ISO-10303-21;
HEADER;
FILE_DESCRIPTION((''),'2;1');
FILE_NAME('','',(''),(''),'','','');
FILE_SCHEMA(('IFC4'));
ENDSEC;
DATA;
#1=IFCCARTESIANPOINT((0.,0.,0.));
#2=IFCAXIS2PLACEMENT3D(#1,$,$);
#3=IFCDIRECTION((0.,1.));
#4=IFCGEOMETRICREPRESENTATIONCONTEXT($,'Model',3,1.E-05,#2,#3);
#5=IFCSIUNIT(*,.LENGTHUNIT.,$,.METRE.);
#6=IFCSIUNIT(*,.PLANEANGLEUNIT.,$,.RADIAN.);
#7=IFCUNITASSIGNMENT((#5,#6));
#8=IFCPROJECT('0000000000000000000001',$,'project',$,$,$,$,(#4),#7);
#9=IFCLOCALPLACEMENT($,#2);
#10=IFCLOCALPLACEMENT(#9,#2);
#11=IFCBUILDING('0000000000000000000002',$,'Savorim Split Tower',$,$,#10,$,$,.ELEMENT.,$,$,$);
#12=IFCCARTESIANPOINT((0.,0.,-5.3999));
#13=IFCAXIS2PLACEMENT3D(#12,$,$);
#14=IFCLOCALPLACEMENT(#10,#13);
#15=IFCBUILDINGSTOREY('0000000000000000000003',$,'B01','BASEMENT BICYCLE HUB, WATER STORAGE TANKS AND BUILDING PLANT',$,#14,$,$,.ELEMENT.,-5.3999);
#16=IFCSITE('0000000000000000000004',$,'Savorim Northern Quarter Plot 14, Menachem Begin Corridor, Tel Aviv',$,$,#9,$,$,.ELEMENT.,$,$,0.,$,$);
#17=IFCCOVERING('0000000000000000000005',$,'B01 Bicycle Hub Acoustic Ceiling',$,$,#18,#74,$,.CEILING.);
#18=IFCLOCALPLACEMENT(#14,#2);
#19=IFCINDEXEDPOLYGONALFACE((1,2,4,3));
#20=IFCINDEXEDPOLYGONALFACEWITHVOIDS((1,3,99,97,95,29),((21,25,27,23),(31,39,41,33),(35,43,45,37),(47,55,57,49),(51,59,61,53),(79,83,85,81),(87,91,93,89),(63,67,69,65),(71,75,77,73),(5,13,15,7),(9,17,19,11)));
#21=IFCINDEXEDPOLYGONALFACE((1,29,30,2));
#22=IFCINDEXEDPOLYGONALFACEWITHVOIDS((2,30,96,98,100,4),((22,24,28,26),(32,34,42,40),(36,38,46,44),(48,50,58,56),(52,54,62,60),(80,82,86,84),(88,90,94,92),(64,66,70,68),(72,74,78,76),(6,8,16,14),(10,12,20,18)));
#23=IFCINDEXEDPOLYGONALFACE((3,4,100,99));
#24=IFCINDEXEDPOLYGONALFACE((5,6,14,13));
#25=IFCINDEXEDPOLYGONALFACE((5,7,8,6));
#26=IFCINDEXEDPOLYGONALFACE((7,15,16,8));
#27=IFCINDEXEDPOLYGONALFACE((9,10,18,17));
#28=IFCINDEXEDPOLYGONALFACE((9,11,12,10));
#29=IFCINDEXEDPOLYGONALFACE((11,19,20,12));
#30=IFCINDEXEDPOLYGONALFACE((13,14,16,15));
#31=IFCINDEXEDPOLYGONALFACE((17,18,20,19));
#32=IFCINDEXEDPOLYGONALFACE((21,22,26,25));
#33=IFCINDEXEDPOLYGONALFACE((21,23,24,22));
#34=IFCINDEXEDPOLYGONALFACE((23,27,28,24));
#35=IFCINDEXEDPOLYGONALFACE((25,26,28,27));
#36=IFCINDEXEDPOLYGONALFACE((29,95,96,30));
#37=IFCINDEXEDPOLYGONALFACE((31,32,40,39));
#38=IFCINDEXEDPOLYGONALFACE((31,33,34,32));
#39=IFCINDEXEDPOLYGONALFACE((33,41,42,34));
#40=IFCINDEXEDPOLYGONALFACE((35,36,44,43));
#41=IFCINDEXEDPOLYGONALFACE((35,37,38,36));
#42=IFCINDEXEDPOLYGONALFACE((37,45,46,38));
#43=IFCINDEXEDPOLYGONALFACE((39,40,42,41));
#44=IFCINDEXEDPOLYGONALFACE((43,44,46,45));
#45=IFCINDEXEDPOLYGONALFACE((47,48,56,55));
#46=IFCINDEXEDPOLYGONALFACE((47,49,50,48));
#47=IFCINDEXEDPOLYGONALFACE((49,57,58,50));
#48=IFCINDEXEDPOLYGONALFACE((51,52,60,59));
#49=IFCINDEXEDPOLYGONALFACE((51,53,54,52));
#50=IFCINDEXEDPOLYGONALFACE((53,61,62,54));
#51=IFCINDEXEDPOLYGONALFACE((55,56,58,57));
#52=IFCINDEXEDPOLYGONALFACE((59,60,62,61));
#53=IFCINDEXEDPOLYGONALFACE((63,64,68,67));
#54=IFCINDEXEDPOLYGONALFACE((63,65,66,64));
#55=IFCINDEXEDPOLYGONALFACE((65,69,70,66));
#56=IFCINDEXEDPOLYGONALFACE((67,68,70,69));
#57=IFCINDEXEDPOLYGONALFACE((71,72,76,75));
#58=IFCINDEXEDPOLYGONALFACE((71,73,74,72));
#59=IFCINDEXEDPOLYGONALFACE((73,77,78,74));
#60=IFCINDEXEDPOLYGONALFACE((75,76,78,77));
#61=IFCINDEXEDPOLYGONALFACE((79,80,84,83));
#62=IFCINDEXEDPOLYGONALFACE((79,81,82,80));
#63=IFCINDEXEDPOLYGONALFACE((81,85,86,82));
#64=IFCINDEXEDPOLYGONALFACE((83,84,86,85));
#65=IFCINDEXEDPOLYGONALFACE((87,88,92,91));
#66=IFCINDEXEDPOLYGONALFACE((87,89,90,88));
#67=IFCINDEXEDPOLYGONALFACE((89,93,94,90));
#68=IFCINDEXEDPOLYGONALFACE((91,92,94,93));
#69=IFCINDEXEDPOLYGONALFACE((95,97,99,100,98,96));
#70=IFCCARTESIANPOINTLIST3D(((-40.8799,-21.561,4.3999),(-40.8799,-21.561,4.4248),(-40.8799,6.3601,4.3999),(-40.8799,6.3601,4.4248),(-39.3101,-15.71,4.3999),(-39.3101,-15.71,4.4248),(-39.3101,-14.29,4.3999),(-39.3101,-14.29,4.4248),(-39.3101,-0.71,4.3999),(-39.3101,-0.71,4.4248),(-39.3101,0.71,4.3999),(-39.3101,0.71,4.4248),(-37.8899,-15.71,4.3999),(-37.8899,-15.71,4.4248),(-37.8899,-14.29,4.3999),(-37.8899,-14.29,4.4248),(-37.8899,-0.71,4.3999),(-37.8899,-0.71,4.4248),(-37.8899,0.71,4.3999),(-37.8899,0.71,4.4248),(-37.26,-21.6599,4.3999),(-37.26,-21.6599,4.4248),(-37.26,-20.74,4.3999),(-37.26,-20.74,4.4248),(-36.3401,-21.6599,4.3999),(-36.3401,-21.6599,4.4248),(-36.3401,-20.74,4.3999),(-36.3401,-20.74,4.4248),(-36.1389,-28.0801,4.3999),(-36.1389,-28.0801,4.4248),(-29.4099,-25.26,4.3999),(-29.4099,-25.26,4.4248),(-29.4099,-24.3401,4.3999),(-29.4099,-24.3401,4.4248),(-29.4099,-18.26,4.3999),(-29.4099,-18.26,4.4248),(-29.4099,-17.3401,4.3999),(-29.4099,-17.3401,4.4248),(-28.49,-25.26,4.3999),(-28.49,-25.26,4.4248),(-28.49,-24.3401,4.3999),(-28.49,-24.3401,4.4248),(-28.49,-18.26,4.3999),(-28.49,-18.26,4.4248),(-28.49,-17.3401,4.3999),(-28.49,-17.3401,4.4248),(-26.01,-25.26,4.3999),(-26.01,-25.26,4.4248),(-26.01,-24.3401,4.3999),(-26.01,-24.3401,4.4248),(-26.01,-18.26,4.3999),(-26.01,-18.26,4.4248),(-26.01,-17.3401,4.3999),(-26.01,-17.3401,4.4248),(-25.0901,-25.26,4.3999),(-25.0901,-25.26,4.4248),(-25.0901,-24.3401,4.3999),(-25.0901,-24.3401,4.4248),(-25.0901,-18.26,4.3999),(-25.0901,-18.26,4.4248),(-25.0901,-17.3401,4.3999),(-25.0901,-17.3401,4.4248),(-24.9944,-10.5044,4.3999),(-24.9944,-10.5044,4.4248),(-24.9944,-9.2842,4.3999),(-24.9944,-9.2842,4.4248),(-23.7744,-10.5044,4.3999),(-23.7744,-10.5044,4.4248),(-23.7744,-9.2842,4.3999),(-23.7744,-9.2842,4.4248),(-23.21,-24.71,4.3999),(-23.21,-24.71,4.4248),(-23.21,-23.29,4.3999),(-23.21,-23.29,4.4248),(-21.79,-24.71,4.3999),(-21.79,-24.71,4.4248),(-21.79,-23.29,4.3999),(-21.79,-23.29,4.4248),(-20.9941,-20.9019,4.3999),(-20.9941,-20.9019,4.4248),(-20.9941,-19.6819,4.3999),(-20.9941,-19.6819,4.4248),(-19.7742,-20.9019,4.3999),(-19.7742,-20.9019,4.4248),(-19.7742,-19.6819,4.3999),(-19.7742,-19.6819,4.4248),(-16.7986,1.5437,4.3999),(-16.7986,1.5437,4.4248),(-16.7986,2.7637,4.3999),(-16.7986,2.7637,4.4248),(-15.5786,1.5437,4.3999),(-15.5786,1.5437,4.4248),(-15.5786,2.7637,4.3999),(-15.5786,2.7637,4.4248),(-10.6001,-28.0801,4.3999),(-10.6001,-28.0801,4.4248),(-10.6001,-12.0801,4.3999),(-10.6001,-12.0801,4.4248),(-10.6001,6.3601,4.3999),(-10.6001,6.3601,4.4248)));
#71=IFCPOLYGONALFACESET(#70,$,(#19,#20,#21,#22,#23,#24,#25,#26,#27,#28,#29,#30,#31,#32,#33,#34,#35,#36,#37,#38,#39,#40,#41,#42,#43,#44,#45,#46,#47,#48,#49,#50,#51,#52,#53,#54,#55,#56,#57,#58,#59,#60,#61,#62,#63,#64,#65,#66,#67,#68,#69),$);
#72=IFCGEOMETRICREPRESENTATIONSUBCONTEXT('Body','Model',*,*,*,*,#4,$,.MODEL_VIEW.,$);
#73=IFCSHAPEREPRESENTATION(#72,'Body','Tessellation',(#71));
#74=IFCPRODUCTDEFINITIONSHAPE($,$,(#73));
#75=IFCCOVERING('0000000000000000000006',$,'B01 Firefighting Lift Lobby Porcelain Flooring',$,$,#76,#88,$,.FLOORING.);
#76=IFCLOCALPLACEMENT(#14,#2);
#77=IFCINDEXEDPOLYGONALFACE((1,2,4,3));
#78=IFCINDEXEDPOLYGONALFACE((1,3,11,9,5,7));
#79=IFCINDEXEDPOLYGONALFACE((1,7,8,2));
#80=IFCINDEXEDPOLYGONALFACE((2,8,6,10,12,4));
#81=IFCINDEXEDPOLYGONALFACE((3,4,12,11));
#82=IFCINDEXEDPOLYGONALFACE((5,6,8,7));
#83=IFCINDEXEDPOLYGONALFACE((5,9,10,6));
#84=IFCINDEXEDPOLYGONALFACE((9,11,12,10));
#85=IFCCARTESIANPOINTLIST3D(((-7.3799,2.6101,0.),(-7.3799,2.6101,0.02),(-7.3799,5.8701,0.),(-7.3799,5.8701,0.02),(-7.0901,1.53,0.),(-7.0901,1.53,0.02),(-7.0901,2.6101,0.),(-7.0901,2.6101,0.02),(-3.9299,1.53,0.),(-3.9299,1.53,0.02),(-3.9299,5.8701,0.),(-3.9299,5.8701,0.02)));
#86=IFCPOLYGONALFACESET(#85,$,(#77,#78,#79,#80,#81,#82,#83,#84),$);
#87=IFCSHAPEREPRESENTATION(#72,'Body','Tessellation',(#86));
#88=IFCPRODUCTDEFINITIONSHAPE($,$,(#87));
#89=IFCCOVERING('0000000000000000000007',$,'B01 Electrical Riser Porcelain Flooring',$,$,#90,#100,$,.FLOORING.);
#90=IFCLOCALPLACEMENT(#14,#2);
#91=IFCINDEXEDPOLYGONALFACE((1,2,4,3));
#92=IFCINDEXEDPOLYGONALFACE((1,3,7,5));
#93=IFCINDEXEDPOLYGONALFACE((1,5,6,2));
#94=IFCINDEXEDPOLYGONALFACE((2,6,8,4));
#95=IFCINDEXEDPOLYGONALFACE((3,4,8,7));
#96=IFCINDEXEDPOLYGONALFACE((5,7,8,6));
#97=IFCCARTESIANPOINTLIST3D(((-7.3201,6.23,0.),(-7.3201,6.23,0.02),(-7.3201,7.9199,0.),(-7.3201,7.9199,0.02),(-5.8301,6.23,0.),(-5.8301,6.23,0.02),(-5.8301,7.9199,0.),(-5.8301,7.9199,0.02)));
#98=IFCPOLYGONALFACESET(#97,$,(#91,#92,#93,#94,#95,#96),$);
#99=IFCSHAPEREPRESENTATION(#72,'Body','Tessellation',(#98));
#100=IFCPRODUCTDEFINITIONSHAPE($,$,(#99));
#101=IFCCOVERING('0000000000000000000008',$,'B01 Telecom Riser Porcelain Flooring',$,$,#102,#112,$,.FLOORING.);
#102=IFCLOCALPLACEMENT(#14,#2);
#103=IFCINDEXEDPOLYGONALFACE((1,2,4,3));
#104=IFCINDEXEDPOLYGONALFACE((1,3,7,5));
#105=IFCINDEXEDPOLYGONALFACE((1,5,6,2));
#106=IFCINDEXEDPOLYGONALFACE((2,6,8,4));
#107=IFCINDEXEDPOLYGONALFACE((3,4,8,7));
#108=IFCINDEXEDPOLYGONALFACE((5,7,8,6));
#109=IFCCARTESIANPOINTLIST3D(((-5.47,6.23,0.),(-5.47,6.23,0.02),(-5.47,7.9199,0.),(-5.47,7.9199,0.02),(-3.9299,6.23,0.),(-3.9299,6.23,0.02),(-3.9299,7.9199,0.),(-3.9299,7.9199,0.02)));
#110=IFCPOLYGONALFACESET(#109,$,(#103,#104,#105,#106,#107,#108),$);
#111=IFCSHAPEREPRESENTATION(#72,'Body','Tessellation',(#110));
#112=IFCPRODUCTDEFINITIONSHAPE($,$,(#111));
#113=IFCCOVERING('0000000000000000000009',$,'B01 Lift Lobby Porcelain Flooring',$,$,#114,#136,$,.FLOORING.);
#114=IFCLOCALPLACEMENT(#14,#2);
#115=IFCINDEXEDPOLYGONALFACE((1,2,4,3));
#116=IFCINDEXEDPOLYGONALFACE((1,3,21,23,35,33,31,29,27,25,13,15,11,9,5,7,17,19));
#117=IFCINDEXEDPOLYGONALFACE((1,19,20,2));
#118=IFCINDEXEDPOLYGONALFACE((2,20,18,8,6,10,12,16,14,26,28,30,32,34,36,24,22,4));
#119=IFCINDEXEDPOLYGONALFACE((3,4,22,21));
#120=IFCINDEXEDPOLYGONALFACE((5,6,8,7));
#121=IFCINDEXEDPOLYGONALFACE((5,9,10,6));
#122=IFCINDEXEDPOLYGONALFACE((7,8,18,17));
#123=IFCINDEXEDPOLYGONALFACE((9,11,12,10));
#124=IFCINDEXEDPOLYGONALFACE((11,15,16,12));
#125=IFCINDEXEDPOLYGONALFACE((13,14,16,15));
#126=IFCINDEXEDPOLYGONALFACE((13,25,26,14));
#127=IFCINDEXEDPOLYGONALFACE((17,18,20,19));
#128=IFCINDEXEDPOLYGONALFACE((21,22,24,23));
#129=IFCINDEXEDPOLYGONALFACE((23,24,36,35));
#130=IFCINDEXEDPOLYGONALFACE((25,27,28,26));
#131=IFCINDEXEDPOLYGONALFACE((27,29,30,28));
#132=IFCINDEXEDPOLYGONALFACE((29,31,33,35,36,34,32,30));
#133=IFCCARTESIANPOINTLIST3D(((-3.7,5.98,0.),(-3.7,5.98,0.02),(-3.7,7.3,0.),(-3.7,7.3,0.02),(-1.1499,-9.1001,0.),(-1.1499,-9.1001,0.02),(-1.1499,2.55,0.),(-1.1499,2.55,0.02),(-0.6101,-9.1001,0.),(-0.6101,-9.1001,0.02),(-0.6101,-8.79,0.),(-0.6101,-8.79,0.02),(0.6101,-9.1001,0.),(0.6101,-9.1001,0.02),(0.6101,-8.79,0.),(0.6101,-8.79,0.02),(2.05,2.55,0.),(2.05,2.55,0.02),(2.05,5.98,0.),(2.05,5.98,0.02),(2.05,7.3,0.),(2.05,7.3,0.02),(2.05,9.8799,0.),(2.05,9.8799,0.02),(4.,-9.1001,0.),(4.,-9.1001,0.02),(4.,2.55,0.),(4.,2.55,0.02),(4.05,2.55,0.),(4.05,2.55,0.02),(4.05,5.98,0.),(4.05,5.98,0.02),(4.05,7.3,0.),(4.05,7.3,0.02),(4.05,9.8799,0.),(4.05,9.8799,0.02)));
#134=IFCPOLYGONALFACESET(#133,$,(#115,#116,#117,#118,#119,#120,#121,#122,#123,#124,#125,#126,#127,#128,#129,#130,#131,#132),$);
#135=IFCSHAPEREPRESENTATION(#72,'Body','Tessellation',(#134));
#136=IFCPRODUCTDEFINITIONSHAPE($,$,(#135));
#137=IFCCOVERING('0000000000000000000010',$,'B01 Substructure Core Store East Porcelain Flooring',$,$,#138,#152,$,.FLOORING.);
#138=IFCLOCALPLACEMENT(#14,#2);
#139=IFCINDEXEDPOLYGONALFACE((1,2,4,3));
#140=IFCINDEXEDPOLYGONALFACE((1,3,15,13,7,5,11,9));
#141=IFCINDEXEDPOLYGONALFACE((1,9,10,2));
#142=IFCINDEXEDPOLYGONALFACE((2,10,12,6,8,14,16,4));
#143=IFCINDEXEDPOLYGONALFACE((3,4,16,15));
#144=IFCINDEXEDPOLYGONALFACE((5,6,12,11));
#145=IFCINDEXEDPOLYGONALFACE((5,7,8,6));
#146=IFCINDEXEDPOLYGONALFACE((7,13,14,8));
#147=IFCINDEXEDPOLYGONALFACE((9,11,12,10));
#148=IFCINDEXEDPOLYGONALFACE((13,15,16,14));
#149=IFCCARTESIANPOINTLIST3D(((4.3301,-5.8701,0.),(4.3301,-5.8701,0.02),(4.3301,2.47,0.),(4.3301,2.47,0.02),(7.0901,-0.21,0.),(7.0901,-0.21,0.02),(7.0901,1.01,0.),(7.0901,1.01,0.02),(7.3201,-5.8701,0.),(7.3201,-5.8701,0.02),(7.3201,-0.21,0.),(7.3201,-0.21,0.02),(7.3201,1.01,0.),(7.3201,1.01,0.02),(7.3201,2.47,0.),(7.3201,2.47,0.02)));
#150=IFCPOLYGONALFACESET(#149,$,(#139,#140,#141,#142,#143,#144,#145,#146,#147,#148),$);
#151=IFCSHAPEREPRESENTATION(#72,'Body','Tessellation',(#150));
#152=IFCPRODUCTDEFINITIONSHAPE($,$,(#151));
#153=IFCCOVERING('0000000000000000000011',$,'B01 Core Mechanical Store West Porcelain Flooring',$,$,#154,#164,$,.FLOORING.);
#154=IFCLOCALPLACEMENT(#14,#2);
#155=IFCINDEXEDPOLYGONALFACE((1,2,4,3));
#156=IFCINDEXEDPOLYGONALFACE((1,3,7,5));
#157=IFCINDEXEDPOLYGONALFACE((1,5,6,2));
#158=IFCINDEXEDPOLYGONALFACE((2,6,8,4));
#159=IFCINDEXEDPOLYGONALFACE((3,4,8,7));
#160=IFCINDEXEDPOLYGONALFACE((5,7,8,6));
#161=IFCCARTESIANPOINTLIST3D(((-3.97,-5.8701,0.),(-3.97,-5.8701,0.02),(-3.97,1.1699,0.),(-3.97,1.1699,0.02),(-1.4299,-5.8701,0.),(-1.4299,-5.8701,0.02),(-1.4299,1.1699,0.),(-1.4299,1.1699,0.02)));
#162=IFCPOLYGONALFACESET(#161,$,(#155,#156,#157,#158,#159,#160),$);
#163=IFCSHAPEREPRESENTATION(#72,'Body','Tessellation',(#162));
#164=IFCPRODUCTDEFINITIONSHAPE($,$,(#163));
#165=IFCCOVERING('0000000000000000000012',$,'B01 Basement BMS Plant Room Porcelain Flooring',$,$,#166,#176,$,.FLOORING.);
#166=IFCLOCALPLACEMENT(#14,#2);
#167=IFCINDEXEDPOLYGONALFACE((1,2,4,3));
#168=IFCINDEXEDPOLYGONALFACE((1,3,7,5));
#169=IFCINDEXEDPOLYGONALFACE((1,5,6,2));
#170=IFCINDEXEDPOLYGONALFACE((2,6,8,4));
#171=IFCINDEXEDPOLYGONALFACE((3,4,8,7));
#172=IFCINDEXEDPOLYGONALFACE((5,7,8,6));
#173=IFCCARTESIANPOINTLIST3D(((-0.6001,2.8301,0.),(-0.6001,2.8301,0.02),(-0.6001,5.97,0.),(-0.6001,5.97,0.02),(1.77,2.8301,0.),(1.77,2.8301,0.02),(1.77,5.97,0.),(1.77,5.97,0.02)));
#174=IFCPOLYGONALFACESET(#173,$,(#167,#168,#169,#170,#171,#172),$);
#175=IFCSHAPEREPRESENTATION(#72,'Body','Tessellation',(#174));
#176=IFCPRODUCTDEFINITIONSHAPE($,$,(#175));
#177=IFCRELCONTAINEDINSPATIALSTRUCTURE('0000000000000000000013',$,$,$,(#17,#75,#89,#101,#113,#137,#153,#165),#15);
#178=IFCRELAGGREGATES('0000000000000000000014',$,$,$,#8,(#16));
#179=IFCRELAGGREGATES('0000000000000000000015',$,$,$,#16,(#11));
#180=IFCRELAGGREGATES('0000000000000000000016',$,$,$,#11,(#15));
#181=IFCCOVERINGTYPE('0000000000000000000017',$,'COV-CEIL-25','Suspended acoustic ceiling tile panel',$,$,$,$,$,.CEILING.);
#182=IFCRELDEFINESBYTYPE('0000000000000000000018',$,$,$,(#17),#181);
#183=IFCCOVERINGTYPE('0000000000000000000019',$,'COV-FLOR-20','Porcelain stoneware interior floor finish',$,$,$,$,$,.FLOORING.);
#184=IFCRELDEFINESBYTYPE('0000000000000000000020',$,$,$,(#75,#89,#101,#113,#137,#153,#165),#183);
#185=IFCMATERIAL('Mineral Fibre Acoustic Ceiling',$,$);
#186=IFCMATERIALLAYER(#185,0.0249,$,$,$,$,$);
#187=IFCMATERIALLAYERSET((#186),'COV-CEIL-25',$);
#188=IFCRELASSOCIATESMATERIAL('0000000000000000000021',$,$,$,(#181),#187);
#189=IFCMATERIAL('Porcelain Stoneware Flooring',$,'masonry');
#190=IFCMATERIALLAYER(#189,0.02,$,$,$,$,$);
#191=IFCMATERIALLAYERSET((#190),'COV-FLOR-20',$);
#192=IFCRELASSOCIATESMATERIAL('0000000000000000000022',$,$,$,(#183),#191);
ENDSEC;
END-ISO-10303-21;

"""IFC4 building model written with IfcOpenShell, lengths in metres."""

from ifc_helpers import new_model, si_unit, direction, frame, origin, place, context, subcontext, project, spatial, polyline, outline, extrude, material, layer, layer_set, type_object, element, save


model = new_model("IFC4")

# Units and contexts
model_context = context("Model", 3, precision=1e-05, world=origin(), true_north=direction((0.0, 1.0)))
body_context = subcontext(model_context, "Body", "Model", "MODEL_VIEW")
ifc_project = project(units=[si_unit("LENGTHUNIT", "METRE"), si_unit("PLANEANGLEUNIT", "RADIAN")], contexts=[model_context])

# Site, building, storey
site_placement = place(None, origin())
site = spatial("IfcSite", under=ifc_project, at=site_placement, Name="Savorim Northern Quarter Plot 14, Menachem Begin Corridor, Tel Aviv", CompositionType="ELEMENT", RefElevation=0.0)
building_placement = place(site_placement, origin())
building = spatial("IfcBuilding", under=site, at=building_placement, Name="Savorim Split Tower", CompositionType="ELEMENT")
storey_placement = place(building_placement, frame((0.0, 0.0, -5.3999)))
storey = spatial("IfcBuildingStorey", under=building, at=storey_placement, Name="B01", Description="BASEMENT BICYCLE HUB, WATER STORAGE TANKS AND BUILDING PLANT", CompositionType="ELEMENT", Elevation=-5.3999)

# Coverings
ifc_material_1 = material(Name="Mineral Fibre Acoustic Ceiling")
ifc_layer_1 = layer(ifc_material_1, 0.0249)
ifc_layer_set_1 = layer_set([ifc_layer_1], Name="COV-CEIL-25")
covering_type_1 = type_object("IfcCoveringType", Name="COV-CEIL-25", Description="Suspended acoustic ceiling tile panel", PredefinedType="CEILING", material=ifc_layer_set_1)
covering_1_placement = place(storey_placement, frame((0.0, 0.0, 4.3999)))
element("IfcCovering", 1, at=covering_1_placement, inside=storey, type_object=covering_type_1, Name="B01 Bicycle Hub Acoustic Ceiling", PredefinedType="CEILING", context=body_context, shape_type="SweptSolid", body=[
    extrude(outline(polyline([(-40.8799, 6.3601), (-40.8799, -21.561), (-36.1389, -28.0801), (-10.6001, -28.0801), (-10.6001, -12.0801), (-10.6001, 6.3601), (-40.8799, 6.3601)]), holes=[polyline([(-37.8899, 0.71), (-39.3101, 0.71), (-39.3101, -0.71), (-37.8899, -0.71), (-37.8899, 0.71)]), polyline([(-39.3101, -14.29), (-39.3101, -15.71), (-37.8899, -15.71), (-37.8899, -14.29), (-39.3101, -14.29)]), polyline([(-23.21, -24.71), (-21.79, -24.71), (-21.79, -23.29), (-23.21, -23.29), (-23.21, -24.71)]), polyline([(-19.7742, -20.9019), (-19.7742, -19.6819), (-20.9941, -19.6819), (-20.9941, -20.9019), (-19.7742, -20.9019)]), polyline([(-15.5786, 1.5437), (-15.5786, 2.7637), (-16.7986, 2.7637), (-16.7986, 1.5437), (-15.5786, 1.5437)]), polyline([(-23.7744, -9.2842), (-24.9944, -9.2842), (-24.9944, -10.5044), (-23.7744, -10.5044), (-23.7744, -9.2842)]), polyline([(-36.3401, -20.74), (-37.26, -20.74), (-37.26, -21.6599), (-36.3401, -21.6599), (-36.3401, -20.74)]), polyline([(-29.4099, -25.26), (-28.49, -25.26), (-28.49, -24.3401), (-29.4099, -24.3401), (-29.4099, -25.26)]), polyline([(-25.0901, -25.26), (-25.0901, -24.3401), (-26.01, -24.3401), (-26.01, -25.26), (-25.0901, -25.26)]), polyline([(-28.49, -17.3401), (-29.4099, -17.3401), (-29.4099, -18.26), (-28.49, -18.26), (-28.49, -17.3401)]), polyline([(-26.01, -17.3401), (-26.01, -18.26), (-25.0901, -18.26), (-25.0901, -17.3401), (-26.01, -17.3401)])]), origin(), (0.0, 0.0, 1.0), 0.0249),
])
ifc_material_2 = material(Name="Porcelain Stoneware Flooring", Category="masonry")
ifc_layer_2 = layer(ifc_material_2, 0.02)
ifc_layer_set_2 = layer_set([ifc_layer_2], Name="COV-FLOR-20")
covering_type_2 = type_object("IfcCoveringType", Name="COV-FLOR-20", Description="Porcelain stoneware interior floor finish", PredefinedType="FLOORING", material=ifc_layer_set_2)
covering_2_placement = place(storey_placement, origin())
element("IfcCovering", 2, at=covering_2_placement, inside=storey, type_object=covering_type_2, Name="B01 Firefighting Lift Lobby Porcelain Flooring", PredefinedType="FLOORING", context=body_context, shape_type="SweptSolid", body=[
    extrude(outline(polyline([(-3.9299, 5.8701), (-7.3799, 5.8701), (-7.3799, 2.6101), (-7.0901, 2.6101), (-7.0901, 1.53), (-3.9299, 1.53), (-3.9299, 5.8701)])), origin(), (0.0, 0.0, 1.0), 0.02),
])
covering_3_placement = place(storey_placement, origin())
element("IfcCovering", 3, at=covering_3_placement, inside=storey, type_object=covering_type_2, Name="B01 Electrical Riser Porcelain Flooring", PredefinedType="FLOORING", context=body_context, shape_type="SweptSolid", body=[
    extrude(outline(polyline([(-7.3201, 7.9199), (-7.3201, 6.23), (-5.8301, 6.23), (-5.8301, 7.9199), (-7.3201, 7.9199)])), origin(), (0.0, 0.0, 1.0), 0.02),
])
covering_4_placement = place(storey_placement, origin())
element("IfcCovering", 4, at=covering_4_placement, inside=storey, type_object=covering_type_2, Name="B01 Telecom Riser Porcelain Flooring", PredefinedType="FLOORING", context=body_context, shape_type="SweptSolid", body=[
    extrude(outline(polyline([(-5.47, 7.9199), (-5.47, 6.23), (-3.9299, 6.23), (-3.9299, 7.9199), (-5.47, 7.9199)])), origin(), (0.0, 0.0, 1.0), 0.02),
])
covering_5_placement = place(storey_placement, origin())
element("IfcCovering", 5, at=covering_5_placement, inside=storey, type_object=covering_type_2, Name="B01 Lift Lobby Porcelain Flooring", PredefinedType="FLOORING", context=body_context, shape_type="SweptSolid", body=[
    extrude(outline(polyline([(2.05, 2.55), (-1.1499, 2.55), (-1.1499, -9.1001), (-0.6101, -9.1001), (-0.6101, -8.79), (0.6101, -8.79), (0.6101, -9.1001), (4.0, -9.1001), (4.0, 2.55), (4.05, 2.55), (4.05, 5.98), (4.05, 7.3), (4.05, 9.8799), (2.05, 9.8799), (2.05, 7.3), (-3.7, 7.3), (-3.7, 5.98), (2.05, 5.98), (2.05, 2.55)])), origin(), (0.0, 0.0, 1.0), 0.02),
])
covering_6_placement = place(storey_placement, origin())
element("IfcCovering", 6, at=covering_6_placement, inside=storey, type_object=covering_type_2, Name="B01 Substructure Core Store East Porcelain Flooring", PredefinedType="FLOORING", context=body_context, shape_type="SweptSolid", body=[
    extrude(outline(polyline([(4.3301, -5.8701), (7.3201, -5.8701), (7.3201, -0.21), (7.0901, -0.21), (7.0901, 1.01), (7.3201, 1.01), (7.3201, 2.47), (4.3301, 2.47), (4.3301, -5.8701)])), origin(), (0.0, 0.0, 1.0), 0.02),
])
covering_7_placement = place(storey_placement, origin())
element("IfcCovering", 7, at=covering_7_placement, inside=storey, type_object=covering_type_2, Name="B01 Core Mechanical Store West Porcelain Flooring", PredefinedType="FLOORING", context=body_context, shape_type="SweptSolid", body=[
    extrude(outline(polyline([(-3.97, 1.1699), (-3.97, -5.8701), (-1.4299, -5.8701), (-1.4299, 1.1699), (-3.97, 1.1699)])), origin(), (0.0, 0.0, 1.0), 0.02),
])
covering_8_placement = place(storey_placement, origin())
element("IfcCovering", 8, at=covering_8_placement, inside=storey, type_object=covering_type_2, Name="B01 Basement BMS Plant Room Porcelain Flooring", PredefinedType="FLOORING", context=body_context, shape_type="SweptSolid", body=[
    extrude(outline(polyline([(1.77, 5.97), (-0.6001, 5.97), (-0.6001, 2.8301), (1.77, 2.8301), (1.77, 5.97)])), origin(), (0.0, 0.0, 1.0), 0.02),
])

save(model, "model.ifc")
